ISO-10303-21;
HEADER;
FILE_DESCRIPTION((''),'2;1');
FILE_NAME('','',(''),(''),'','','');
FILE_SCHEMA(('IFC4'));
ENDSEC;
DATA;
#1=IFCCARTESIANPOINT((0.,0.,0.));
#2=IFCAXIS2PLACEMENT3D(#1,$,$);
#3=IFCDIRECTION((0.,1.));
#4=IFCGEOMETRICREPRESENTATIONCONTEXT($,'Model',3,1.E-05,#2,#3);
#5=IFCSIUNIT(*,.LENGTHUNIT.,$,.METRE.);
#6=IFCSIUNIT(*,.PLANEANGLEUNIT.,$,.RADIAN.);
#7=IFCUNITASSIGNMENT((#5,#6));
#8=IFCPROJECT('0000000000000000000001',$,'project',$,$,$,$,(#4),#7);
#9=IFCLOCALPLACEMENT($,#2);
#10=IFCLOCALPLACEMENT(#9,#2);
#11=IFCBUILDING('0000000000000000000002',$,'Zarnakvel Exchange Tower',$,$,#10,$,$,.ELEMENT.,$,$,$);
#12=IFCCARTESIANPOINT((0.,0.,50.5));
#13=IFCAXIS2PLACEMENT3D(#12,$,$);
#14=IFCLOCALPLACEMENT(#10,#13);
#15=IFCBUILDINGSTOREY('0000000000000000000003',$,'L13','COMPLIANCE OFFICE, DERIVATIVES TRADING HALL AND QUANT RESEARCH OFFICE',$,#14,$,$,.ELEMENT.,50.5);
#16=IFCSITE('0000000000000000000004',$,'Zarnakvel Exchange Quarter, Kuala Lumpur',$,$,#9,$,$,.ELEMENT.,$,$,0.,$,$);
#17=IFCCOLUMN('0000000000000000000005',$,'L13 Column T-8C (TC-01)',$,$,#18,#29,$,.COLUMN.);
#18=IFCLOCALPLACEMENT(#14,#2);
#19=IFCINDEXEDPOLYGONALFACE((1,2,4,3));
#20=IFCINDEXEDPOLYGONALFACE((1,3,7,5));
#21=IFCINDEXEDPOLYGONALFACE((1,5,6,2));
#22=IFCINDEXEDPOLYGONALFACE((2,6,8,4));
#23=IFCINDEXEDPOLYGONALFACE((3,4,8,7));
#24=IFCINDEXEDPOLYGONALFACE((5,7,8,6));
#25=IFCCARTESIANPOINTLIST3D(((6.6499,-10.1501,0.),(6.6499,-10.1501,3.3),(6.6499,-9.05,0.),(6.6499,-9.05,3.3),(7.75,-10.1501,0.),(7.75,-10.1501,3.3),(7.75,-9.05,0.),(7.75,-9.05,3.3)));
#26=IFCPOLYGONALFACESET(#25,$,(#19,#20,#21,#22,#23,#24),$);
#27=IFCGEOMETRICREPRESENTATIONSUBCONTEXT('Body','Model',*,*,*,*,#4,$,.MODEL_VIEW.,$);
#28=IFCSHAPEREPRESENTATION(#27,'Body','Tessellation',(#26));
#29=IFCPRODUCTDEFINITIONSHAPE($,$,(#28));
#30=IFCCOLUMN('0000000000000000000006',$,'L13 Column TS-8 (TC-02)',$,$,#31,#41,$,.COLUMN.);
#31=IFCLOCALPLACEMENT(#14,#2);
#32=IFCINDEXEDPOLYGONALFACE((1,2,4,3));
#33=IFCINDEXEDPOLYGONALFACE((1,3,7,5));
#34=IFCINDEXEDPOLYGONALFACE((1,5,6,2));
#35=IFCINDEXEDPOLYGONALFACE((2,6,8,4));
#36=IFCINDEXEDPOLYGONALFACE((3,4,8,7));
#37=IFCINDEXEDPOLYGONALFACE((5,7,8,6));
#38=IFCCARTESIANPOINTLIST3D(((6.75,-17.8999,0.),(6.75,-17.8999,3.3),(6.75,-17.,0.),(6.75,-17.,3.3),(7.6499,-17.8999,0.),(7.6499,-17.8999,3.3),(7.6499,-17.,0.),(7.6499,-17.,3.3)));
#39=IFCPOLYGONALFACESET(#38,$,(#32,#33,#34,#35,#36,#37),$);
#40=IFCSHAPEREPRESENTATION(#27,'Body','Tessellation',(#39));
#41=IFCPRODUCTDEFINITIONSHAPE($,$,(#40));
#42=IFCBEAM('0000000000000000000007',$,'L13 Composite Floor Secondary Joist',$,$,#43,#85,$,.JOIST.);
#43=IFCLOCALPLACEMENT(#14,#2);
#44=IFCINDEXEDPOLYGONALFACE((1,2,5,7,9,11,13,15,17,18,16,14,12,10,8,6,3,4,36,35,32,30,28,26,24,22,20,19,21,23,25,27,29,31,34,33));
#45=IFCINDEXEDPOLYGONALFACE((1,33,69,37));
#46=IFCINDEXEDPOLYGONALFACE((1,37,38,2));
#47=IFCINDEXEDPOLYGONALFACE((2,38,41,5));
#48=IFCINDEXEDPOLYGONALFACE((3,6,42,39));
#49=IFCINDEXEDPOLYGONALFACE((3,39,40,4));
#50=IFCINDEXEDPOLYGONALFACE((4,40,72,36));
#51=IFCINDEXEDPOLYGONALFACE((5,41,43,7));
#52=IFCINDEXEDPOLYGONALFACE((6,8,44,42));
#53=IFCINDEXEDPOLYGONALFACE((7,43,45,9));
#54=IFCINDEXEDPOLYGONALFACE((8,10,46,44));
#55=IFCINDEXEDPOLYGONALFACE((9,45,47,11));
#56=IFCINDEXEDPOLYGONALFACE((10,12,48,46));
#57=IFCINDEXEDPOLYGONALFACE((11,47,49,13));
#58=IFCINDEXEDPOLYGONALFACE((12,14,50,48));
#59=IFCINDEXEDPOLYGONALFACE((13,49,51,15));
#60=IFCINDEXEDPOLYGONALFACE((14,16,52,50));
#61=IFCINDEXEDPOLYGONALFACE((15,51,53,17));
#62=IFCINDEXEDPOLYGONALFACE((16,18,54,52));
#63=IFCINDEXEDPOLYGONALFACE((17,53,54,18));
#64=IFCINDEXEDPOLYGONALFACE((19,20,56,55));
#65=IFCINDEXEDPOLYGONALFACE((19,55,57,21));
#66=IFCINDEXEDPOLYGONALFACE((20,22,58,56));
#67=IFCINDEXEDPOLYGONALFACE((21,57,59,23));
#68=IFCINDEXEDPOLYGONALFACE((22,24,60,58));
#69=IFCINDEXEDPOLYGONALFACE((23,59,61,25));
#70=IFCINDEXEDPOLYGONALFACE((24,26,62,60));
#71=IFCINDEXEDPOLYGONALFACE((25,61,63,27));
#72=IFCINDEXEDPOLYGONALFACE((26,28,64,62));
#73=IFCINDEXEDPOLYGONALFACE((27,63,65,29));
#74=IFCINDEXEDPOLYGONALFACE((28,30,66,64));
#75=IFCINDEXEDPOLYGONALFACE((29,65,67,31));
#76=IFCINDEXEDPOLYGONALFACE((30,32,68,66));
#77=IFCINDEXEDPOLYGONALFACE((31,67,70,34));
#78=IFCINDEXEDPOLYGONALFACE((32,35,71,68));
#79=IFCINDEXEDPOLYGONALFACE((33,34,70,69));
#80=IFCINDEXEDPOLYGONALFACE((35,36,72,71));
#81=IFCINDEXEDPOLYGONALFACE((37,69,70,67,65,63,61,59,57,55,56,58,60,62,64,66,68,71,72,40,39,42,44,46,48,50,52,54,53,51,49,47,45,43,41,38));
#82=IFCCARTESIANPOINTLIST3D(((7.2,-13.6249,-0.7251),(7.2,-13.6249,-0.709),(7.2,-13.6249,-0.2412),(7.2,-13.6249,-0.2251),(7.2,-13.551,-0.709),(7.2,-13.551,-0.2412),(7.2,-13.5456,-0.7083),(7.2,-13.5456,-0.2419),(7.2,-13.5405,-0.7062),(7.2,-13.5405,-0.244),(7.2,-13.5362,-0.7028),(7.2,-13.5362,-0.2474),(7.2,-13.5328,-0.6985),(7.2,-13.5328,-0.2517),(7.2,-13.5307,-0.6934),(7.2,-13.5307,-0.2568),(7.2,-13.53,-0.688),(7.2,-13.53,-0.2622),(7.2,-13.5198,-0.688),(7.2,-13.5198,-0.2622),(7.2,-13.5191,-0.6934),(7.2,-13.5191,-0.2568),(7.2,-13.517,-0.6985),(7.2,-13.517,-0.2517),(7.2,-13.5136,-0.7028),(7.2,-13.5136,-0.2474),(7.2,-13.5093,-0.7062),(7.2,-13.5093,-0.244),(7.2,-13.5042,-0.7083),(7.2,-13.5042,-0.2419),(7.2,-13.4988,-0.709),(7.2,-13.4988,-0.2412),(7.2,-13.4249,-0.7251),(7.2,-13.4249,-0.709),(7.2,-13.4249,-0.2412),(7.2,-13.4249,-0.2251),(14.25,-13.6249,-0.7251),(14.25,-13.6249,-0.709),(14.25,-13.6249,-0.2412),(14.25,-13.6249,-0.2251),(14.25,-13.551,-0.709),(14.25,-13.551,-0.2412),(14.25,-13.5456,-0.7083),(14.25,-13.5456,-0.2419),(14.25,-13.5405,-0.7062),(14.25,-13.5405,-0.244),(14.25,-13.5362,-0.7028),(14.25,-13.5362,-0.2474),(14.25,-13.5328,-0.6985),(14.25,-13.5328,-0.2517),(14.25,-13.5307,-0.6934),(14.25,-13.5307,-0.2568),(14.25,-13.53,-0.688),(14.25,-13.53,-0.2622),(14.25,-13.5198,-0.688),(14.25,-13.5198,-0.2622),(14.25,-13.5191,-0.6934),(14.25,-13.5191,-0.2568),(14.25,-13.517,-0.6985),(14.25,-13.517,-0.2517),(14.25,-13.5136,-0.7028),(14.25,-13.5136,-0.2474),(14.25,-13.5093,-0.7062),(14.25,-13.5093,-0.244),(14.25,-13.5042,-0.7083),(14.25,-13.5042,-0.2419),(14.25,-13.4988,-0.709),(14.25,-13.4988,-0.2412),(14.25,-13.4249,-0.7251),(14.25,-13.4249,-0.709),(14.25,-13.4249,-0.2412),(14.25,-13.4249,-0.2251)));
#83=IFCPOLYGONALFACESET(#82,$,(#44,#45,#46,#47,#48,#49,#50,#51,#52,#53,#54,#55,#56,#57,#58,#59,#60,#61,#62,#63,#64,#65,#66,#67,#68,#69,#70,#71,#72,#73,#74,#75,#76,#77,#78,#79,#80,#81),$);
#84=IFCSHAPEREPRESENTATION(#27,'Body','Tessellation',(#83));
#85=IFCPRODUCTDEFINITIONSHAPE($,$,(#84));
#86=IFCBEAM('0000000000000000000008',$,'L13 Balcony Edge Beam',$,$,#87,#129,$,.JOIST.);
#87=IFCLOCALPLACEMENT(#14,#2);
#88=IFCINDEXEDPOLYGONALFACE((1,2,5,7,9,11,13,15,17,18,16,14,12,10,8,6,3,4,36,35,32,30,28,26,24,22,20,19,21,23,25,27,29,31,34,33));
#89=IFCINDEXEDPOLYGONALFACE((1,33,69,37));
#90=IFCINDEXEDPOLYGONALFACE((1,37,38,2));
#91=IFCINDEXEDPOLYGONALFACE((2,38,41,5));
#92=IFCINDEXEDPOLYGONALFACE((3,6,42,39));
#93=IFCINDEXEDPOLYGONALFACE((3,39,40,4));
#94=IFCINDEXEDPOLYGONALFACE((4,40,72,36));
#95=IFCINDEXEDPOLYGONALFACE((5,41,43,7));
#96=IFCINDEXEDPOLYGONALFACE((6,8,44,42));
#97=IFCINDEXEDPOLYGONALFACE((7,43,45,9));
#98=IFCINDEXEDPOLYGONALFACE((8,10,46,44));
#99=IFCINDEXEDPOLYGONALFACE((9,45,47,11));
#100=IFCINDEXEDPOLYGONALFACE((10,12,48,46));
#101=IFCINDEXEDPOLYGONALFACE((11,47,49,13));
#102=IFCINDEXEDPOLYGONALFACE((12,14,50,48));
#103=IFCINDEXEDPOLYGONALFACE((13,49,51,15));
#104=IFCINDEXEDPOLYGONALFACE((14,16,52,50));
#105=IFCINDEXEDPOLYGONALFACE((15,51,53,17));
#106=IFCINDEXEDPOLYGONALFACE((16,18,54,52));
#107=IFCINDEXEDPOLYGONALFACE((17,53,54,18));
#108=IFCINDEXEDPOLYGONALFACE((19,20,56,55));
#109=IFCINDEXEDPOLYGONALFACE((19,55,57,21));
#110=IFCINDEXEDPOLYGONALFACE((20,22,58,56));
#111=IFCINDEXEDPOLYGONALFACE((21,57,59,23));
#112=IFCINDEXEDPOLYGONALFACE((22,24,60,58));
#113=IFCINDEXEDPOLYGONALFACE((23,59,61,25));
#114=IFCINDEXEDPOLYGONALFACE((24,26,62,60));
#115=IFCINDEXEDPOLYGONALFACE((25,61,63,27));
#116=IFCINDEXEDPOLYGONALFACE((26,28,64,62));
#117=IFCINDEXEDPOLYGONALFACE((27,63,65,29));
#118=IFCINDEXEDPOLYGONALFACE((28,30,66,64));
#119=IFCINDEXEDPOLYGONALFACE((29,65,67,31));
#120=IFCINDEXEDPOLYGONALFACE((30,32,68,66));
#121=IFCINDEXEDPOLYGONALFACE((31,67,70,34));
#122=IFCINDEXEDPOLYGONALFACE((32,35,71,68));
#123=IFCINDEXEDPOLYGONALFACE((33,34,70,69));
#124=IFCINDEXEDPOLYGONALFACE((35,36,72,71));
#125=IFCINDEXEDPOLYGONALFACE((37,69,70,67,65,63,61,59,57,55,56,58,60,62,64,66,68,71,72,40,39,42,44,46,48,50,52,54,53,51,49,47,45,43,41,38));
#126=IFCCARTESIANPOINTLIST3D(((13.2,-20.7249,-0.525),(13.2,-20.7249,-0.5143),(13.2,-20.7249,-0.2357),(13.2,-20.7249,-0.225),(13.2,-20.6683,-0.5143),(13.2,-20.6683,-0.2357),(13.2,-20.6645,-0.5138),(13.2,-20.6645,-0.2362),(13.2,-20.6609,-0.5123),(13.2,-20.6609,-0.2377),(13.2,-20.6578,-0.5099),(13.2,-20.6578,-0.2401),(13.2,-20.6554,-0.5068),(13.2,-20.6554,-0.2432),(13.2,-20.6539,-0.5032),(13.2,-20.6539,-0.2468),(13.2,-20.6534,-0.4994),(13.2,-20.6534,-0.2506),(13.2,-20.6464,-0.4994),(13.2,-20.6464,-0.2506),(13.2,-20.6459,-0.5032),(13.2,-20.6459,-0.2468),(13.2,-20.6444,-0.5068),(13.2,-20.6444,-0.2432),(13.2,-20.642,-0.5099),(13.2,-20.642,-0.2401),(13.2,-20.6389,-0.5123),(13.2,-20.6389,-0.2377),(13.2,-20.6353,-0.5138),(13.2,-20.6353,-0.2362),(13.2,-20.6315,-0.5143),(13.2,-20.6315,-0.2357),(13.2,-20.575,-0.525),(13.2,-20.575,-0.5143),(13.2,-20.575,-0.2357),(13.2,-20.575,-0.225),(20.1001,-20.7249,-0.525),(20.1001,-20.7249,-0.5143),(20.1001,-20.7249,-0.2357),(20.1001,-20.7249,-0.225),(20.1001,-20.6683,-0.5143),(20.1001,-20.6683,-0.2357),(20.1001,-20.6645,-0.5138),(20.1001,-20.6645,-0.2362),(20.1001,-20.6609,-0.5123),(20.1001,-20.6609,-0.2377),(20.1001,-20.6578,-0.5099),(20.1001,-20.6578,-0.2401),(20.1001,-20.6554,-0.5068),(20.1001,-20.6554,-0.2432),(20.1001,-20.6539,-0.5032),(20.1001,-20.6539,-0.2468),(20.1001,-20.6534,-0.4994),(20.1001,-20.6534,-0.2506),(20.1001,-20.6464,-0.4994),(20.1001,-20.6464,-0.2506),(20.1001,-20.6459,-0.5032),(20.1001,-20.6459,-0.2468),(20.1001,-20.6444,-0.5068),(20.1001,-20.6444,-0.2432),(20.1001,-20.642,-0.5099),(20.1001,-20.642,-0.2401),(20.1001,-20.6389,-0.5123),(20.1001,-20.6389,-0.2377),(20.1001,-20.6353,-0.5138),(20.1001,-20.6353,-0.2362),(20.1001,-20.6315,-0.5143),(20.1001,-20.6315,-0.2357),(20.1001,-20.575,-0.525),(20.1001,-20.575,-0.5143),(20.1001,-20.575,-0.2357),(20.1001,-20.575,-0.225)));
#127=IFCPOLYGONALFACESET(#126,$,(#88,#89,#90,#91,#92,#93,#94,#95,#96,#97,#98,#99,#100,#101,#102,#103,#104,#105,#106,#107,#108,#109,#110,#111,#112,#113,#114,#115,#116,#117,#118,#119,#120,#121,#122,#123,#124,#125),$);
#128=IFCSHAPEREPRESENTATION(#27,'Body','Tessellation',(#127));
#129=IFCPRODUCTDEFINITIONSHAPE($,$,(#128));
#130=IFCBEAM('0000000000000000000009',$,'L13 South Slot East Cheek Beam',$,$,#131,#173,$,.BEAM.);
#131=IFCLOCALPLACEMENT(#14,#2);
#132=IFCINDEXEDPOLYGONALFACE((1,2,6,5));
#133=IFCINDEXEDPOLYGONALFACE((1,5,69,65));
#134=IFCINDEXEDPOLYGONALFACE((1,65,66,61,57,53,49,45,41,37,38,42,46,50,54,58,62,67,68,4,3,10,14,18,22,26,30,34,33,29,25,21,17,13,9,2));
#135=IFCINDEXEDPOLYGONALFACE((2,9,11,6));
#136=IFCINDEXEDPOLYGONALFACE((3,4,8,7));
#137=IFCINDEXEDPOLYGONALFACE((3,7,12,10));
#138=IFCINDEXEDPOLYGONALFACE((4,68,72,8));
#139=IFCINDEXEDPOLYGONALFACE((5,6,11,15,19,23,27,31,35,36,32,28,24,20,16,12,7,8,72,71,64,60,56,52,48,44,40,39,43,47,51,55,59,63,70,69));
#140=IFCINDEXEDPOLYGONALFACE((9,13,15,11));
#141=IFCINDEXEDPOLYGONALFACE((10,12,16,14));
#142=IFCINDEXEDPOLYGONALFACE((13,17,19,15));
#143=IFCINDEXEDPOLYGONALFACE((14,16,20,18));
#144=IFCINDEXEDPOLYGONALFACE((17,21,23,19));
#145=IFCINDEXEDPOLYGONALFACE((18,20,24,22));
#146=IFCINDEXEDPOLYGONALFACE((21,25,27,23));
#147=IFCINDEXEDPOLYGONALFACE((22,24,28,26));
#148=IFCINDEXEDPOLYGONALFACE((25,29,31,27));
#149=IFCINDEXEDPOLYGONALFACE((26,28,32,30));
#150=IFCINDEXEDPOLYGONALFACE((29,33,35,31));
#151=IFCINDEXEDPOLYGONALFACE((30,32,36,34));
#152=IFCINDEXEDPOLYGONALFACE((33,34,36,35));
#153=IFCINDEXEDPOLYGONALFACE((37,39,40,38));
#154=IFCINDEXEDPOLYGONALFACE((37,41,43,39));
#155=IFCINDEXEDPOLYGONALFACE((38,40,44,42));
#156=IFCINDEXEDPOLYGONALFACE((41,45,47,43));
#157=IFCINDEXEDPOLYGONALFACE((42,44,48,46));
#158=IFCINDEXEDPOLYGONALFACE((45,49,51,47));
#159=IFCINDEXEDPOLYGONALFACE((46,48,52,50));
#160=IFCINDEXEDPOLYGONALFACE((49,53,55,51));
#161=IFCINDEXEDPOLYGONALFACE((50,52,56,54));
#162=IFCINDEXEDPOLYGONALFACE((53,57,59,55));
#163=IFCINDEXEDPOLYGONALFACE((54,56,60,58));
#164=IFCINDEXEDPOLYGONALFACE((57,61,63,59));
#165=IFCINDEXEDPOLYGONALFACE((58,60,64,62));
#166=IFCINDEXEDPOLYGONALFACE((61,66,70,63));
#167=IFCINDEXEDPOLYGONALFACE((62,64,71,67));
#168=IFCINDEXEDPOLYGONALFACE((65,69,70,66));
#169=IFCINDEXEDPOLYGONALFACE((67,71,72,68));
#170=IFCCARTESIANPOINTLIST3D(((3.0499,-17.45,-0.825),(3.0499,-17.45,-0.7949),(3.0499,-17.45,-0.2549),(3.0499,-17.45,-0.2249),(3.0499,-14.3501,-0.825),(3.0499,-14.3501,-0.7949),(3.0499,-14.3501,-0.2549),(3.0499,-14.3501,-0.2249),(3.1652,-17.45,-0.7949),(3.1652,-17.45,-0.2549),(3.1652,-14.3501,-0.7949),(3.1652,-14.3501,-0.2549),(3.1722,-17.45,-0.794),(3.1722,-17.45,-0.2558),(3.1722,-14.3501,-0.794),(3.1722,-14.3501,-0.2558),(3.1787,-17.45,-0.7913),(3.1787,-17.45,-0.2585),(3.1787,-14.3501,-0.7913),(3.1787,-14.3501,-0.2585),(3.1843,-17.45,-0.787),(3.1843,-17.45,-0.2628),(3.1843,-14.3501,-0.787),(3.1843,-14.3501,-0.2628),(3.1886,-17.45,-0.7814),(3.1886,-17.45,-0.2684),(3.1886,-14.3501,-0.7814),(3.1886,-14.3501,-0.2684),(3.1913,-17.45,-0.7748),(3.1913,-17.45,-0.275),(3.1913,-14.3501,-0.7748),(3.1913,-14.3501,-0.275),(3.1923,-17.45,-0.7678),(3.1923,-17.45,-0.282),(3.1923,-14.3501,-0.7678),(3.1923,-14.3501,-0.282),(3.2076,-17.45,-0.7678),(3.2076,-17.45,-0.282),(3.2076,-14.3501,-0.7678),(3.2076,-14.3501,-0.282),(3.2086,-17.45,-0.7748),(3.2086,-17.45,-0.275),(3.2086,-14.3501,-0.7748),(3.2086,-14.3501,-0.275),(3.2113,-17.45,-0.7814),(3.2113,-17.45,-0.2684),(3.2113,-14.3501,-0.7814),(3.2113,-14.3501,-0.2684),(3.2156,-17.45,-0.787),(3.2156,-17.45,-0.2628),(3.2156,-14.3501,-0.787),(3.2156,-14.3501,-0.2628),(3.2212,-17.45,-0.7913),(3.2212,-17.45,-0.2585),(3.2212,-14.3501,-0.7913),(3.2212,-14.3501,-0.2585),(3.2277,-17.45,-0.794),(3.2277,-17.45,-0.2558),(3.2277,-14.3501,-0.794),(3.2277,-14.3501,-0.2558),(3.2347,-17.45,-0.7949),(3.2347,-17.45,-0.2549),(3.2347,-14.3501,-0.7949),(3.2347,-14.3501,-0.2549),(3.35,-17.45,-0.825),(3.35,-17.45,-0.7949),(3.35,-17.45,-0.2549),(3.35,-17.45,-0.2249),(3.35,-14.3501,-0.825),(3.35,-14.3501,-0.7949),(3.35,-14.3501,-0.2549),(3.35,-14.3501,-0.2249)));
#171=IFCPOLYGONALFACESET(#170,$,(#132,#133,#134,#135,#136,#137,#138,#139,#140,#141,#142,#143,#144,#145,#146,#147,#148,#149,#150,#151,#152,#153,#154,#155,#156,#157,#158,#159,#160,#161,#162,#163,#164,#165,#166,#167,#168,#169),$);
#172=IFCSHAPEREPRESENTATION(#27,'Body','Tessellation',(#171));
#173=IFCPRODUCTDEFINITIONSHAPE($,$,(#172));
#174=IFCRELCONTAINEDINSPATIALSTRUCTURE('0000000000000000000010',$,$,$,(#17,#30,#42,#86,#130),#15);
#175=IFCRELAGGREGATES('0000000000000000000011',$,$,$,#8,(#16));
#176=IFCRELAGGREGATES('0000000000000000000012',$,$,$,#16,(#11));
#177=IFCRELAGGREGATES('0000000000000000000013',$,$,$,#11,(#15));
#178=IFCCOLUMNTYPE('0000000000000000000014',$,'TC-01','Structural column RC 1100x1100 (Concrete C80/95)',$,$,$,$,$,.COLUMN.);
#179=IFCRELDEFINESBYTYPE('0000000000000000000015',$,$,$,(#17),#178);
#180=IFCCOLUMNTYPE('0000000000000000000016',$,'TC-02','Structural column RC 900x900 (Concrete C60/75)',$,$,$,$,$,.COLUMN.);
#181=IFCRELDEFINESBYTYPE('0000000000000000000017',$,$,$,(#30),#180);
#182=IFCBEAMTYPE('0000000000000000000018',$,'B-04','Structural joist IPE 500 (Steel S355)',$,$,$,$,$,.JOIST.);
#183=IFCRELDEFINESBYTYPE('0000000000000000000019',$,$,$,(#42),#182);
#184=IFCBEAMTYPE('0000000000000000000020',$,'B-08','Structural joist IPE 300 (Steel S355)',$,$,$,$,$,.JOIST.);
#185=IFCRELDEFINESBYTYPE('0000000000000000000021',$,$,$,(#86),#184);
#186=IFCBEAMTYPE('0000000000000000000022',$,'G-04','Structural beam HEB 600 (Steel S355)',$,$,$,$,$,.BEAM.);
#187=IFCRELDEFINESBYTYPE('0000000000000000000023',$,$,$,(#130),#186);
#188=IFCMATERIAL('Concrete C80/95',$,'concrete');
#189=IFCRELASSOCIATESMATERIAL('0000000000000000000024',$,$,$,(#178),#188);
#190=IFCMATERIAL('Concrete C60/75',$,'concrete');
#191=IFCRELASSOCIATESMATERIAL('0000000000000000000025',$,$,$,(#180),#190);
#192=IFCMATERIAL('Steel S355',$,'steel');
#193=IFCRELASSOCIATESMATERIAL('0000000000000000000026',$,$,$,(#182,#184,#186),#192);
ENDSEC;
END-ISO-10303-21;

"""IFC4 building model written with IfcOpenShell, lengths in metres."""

from ifc_helpers import new_model, si_unit, direction, frame, origin, origin_2d, place, context, subcontext, project, spatial, rectangle, i_section, extrude, material, material_profile, profile_set, type_object, element, save


model = new_model("IFC4")

# Units and contexts
model_context = context("Model", 3, precision=1e-05, world=origin(), true_north=direction((0.0, 1.0)))
body_context = subcontext(model_context, "Body", "Model", "MODEL_VIEW")
ifc_project = project(units=[si_unit("LENGTHUNIT", "METRE"), si_unit("PLANEANGLEUNIT", "RADIAN")], contexts=[model_context])

# Site, building, storey
site_placement = place(None, origin())
site = spatial("IfcSite", under=ifc_project, at=site_placement, Name="Zarnakvel Exchange Quarter, Kuala Lumpur", CompositionType="ELEMENT", RefElevation=0.0)
building_placement = place(site_placement, origin())
building = spatial("IfcBuilding", under=site, at=building_placement, Name="Zarnakvel Exchange Tower", CompositionType="ELEMENT")
storey_placement = place(building_placement, frame((0.0, 0.0, 50.5)))
storey = spatial("IfcBuildingStorey", under=building, at=storey_placement, Name="L13", Description="COMPLIANCE OFFICE, DERIVATIVES TRADING HALL AND QUANT RESEARCH OFFICE", CompositionType="ELEMENT", Elevation=50.5)

# Columns
ifc_material_1 = material(Name="Concrete C80/95", Category="concrete")
ifc_material_profile_1 = material_profile(ifc_material_1, rectangle(XDim=1.1001, YDim=1.1001, at=origin_2d()))
ifc_profile_set_1 = profile_set([ifc_material_profile_1], Name="Concrete C80/95")
column_type_1 = type_object("IfcColumnType", Name="TC-01", Description="Structural column RC 1100x1100 (Concrete C80/95)", PredefinedType="COLUMN", material=ifc_profile_set_1)
column_1_placement = place(storey_placement, frame((7.2, -9.6001, 0.0), z_axis=(0.0, 0.0, 1.0), x_axis=(1.0, 0.0, 0.0)))
element("IfcColumn", 1, at=column_1_placement, inside=storey, type_object=column_type_1, Name="L13 Column T-8C (TC-01)", PredefinedType="COLUMN", context=body_context, shape_type="SweptSolid", body=[
    extrude(rectangle(XDim=1.1001, YDim=1.1001, at=origin_2d()), origin(), (0.0, 0.0, 1.0), 3.3),
])
ifc_material_2 = material(Name="Concrete C60/75", Category="concrete")
ifc_material_profile_2 = material_profile(ifc_material_2, rectangle(XDim=0.8999, YDim=0.8999, at=origin_2d()))
ifc_profile_set_2 = profile_set([ifc_material_profile_2], Name="Concrete C60/75")
column_type_2 = type_object("IfcColumnType", Name="TC-02", Description="Structural column RC 900x900 (Concrete C60/75)", PredefinedType="COLUMN", material=ifc_profile_set_2)
column_2_placement = place(storey_placement, frame((7.2, -17.45, 0.0), z_axis=(0.0, 0.0, 1.0), x_axis=(1.0, 0.0, 0.0)))
element("IfcColumn", 2, at=column_2_placement, inside=storey, type_object=column_type_2, Name="L13 Column TS-8 (TC-02)", PredefinedType="COLUMN", context=body_context, shape_type="SweptSolid", body=[
    extrude(rectangle(XDim=0.8999, YDim=0.8999, at=origin_2d()), origin(), (0.0, 0.0, 1.0), 3.3),
])

# Beams
ifc_material_3 = material(Name="Steel S355", Category="steel")
ifc_material_profile_3 = material_profile(ifc_material_3, i_section(OverallWidth=0.2, OverallDepth=0.5, WebThickness=0.0103, FlangeThickness=0.0161, FilletRadius=0.021, at=origin_2d()))
ifc_profile_set_3 = profile_set([ifc_material_profile_3], Name="Steel S355")
beam_type_1 = type_object("IfcBeamType", Name="B-04", Description="Structural joist IPE 500 (Steel S355)", PredefinedType="JOIST", material=ifc_profile_set_3)
beam_1_placement = place(storey_placement, frame((7.2, -13.5249, -0.4751), z_axis=(1.0, 0.0, 0.0), x_axis=(0.0, 1.0, 0.0)))
element("IfcBeam", 3, at=beam_1_placement, inside=storey, type_object=beam_type_1, Name="L13 Composite Floor Secondary Joist", PredefinedType="JOIST", context=body_context, shape_type="SweptSolid", body=[
    extrude(i_section(OverallWidth=0.2, OverallDepth=0.5, WebThickness=0.0103, FlangeThickness=0.0161, FilletRadius=0.021, at=origin_2d()), origin(), (0.0, 0.0, 1.0), 7.05),
])
ifc_material_profile_4 = material_profile(ifc_material_3, i_section(OverallWidth=0.1499, OverallDepth=0.3, WebThickness=0.0071, FlangeThickness=0.0107, FilletRadius=0.0149, at=origin_2d()))
ifc_profile_set_4 = profile_set([ifc_material_profile_4], Name="Steel S355")
beam_type_2 = type_object("IfcBeamType", Name="B-08", Description="Structural joist IPE 300 (Steel S355)", PredefinedType="JOIST", material=ifc_profile_set_4)
beam_2_placement = place(storey_placement, frame((13.2, -20.6499, -0.375), z_axis=(1.0, 0.0, 0.0), x_axis=(0.0, 1.0, 0.0)))
element("IfcBeam", 4, at=beam_2_placement, inside=storey, type_object=beam_type_2, Name="L13 Balcony Edge Beam", PredefinedType="JOIST", context=body_context, shape_type="SweptSolid", body=[
    extrude(i_section(OverallWidth=0.1499, OverallDepth=0.3, WebThickness=0.0071, FlangeThickness=0.0107, FilletRadius=0.0149, at=origin_2d()), origin(), (0.0, 0.0, 1.0), 6.9001),
])
ifc_material_profile_5 = material_profile(ifc_material_3, i_section(OverallWidth=0.3, OverallDepth=0.6001, WebThickness=0.0154, FlangeThickness=0.03, FilletRadius=0.0271, at=origin_2d()))
ifc_profile_set_5 = profile_set([ifc_material_profile_5], Name="Steel S355")
beam_type_3 = type_object("IfcBeamType", Name="G-04", Description="Structural beam HEB 600 (Steel S355)", PredefinedType="BEAM", material=ifc_profile_set_5)
beam_3_placement = place(storey_placement, frame((3.2, -17.45, -0.5249), z_axis=(0.0, 1.0, 0.0), x_axis=(-1.0, 0.0, 0.0)))
element("IfcBeam", 5, at=beam_3_placement, inside=storey, type_object=beam_type_3, Name="L13 South Slot East Cheek Beam", PredefinedType="BEAM", context=body_context, shape_type="SweptSolid", body=[
    extrude(i_section(OverallWidth=0.3, OverallDepth=0.6001, WebThickness=0.0154, FlangeThickness=0.03, FilletRadius=0.0271, at=origin_2d()), origin(), (0.0, 0.0, 1.0), 3.0999),
])

save(model, "model.ifc")
